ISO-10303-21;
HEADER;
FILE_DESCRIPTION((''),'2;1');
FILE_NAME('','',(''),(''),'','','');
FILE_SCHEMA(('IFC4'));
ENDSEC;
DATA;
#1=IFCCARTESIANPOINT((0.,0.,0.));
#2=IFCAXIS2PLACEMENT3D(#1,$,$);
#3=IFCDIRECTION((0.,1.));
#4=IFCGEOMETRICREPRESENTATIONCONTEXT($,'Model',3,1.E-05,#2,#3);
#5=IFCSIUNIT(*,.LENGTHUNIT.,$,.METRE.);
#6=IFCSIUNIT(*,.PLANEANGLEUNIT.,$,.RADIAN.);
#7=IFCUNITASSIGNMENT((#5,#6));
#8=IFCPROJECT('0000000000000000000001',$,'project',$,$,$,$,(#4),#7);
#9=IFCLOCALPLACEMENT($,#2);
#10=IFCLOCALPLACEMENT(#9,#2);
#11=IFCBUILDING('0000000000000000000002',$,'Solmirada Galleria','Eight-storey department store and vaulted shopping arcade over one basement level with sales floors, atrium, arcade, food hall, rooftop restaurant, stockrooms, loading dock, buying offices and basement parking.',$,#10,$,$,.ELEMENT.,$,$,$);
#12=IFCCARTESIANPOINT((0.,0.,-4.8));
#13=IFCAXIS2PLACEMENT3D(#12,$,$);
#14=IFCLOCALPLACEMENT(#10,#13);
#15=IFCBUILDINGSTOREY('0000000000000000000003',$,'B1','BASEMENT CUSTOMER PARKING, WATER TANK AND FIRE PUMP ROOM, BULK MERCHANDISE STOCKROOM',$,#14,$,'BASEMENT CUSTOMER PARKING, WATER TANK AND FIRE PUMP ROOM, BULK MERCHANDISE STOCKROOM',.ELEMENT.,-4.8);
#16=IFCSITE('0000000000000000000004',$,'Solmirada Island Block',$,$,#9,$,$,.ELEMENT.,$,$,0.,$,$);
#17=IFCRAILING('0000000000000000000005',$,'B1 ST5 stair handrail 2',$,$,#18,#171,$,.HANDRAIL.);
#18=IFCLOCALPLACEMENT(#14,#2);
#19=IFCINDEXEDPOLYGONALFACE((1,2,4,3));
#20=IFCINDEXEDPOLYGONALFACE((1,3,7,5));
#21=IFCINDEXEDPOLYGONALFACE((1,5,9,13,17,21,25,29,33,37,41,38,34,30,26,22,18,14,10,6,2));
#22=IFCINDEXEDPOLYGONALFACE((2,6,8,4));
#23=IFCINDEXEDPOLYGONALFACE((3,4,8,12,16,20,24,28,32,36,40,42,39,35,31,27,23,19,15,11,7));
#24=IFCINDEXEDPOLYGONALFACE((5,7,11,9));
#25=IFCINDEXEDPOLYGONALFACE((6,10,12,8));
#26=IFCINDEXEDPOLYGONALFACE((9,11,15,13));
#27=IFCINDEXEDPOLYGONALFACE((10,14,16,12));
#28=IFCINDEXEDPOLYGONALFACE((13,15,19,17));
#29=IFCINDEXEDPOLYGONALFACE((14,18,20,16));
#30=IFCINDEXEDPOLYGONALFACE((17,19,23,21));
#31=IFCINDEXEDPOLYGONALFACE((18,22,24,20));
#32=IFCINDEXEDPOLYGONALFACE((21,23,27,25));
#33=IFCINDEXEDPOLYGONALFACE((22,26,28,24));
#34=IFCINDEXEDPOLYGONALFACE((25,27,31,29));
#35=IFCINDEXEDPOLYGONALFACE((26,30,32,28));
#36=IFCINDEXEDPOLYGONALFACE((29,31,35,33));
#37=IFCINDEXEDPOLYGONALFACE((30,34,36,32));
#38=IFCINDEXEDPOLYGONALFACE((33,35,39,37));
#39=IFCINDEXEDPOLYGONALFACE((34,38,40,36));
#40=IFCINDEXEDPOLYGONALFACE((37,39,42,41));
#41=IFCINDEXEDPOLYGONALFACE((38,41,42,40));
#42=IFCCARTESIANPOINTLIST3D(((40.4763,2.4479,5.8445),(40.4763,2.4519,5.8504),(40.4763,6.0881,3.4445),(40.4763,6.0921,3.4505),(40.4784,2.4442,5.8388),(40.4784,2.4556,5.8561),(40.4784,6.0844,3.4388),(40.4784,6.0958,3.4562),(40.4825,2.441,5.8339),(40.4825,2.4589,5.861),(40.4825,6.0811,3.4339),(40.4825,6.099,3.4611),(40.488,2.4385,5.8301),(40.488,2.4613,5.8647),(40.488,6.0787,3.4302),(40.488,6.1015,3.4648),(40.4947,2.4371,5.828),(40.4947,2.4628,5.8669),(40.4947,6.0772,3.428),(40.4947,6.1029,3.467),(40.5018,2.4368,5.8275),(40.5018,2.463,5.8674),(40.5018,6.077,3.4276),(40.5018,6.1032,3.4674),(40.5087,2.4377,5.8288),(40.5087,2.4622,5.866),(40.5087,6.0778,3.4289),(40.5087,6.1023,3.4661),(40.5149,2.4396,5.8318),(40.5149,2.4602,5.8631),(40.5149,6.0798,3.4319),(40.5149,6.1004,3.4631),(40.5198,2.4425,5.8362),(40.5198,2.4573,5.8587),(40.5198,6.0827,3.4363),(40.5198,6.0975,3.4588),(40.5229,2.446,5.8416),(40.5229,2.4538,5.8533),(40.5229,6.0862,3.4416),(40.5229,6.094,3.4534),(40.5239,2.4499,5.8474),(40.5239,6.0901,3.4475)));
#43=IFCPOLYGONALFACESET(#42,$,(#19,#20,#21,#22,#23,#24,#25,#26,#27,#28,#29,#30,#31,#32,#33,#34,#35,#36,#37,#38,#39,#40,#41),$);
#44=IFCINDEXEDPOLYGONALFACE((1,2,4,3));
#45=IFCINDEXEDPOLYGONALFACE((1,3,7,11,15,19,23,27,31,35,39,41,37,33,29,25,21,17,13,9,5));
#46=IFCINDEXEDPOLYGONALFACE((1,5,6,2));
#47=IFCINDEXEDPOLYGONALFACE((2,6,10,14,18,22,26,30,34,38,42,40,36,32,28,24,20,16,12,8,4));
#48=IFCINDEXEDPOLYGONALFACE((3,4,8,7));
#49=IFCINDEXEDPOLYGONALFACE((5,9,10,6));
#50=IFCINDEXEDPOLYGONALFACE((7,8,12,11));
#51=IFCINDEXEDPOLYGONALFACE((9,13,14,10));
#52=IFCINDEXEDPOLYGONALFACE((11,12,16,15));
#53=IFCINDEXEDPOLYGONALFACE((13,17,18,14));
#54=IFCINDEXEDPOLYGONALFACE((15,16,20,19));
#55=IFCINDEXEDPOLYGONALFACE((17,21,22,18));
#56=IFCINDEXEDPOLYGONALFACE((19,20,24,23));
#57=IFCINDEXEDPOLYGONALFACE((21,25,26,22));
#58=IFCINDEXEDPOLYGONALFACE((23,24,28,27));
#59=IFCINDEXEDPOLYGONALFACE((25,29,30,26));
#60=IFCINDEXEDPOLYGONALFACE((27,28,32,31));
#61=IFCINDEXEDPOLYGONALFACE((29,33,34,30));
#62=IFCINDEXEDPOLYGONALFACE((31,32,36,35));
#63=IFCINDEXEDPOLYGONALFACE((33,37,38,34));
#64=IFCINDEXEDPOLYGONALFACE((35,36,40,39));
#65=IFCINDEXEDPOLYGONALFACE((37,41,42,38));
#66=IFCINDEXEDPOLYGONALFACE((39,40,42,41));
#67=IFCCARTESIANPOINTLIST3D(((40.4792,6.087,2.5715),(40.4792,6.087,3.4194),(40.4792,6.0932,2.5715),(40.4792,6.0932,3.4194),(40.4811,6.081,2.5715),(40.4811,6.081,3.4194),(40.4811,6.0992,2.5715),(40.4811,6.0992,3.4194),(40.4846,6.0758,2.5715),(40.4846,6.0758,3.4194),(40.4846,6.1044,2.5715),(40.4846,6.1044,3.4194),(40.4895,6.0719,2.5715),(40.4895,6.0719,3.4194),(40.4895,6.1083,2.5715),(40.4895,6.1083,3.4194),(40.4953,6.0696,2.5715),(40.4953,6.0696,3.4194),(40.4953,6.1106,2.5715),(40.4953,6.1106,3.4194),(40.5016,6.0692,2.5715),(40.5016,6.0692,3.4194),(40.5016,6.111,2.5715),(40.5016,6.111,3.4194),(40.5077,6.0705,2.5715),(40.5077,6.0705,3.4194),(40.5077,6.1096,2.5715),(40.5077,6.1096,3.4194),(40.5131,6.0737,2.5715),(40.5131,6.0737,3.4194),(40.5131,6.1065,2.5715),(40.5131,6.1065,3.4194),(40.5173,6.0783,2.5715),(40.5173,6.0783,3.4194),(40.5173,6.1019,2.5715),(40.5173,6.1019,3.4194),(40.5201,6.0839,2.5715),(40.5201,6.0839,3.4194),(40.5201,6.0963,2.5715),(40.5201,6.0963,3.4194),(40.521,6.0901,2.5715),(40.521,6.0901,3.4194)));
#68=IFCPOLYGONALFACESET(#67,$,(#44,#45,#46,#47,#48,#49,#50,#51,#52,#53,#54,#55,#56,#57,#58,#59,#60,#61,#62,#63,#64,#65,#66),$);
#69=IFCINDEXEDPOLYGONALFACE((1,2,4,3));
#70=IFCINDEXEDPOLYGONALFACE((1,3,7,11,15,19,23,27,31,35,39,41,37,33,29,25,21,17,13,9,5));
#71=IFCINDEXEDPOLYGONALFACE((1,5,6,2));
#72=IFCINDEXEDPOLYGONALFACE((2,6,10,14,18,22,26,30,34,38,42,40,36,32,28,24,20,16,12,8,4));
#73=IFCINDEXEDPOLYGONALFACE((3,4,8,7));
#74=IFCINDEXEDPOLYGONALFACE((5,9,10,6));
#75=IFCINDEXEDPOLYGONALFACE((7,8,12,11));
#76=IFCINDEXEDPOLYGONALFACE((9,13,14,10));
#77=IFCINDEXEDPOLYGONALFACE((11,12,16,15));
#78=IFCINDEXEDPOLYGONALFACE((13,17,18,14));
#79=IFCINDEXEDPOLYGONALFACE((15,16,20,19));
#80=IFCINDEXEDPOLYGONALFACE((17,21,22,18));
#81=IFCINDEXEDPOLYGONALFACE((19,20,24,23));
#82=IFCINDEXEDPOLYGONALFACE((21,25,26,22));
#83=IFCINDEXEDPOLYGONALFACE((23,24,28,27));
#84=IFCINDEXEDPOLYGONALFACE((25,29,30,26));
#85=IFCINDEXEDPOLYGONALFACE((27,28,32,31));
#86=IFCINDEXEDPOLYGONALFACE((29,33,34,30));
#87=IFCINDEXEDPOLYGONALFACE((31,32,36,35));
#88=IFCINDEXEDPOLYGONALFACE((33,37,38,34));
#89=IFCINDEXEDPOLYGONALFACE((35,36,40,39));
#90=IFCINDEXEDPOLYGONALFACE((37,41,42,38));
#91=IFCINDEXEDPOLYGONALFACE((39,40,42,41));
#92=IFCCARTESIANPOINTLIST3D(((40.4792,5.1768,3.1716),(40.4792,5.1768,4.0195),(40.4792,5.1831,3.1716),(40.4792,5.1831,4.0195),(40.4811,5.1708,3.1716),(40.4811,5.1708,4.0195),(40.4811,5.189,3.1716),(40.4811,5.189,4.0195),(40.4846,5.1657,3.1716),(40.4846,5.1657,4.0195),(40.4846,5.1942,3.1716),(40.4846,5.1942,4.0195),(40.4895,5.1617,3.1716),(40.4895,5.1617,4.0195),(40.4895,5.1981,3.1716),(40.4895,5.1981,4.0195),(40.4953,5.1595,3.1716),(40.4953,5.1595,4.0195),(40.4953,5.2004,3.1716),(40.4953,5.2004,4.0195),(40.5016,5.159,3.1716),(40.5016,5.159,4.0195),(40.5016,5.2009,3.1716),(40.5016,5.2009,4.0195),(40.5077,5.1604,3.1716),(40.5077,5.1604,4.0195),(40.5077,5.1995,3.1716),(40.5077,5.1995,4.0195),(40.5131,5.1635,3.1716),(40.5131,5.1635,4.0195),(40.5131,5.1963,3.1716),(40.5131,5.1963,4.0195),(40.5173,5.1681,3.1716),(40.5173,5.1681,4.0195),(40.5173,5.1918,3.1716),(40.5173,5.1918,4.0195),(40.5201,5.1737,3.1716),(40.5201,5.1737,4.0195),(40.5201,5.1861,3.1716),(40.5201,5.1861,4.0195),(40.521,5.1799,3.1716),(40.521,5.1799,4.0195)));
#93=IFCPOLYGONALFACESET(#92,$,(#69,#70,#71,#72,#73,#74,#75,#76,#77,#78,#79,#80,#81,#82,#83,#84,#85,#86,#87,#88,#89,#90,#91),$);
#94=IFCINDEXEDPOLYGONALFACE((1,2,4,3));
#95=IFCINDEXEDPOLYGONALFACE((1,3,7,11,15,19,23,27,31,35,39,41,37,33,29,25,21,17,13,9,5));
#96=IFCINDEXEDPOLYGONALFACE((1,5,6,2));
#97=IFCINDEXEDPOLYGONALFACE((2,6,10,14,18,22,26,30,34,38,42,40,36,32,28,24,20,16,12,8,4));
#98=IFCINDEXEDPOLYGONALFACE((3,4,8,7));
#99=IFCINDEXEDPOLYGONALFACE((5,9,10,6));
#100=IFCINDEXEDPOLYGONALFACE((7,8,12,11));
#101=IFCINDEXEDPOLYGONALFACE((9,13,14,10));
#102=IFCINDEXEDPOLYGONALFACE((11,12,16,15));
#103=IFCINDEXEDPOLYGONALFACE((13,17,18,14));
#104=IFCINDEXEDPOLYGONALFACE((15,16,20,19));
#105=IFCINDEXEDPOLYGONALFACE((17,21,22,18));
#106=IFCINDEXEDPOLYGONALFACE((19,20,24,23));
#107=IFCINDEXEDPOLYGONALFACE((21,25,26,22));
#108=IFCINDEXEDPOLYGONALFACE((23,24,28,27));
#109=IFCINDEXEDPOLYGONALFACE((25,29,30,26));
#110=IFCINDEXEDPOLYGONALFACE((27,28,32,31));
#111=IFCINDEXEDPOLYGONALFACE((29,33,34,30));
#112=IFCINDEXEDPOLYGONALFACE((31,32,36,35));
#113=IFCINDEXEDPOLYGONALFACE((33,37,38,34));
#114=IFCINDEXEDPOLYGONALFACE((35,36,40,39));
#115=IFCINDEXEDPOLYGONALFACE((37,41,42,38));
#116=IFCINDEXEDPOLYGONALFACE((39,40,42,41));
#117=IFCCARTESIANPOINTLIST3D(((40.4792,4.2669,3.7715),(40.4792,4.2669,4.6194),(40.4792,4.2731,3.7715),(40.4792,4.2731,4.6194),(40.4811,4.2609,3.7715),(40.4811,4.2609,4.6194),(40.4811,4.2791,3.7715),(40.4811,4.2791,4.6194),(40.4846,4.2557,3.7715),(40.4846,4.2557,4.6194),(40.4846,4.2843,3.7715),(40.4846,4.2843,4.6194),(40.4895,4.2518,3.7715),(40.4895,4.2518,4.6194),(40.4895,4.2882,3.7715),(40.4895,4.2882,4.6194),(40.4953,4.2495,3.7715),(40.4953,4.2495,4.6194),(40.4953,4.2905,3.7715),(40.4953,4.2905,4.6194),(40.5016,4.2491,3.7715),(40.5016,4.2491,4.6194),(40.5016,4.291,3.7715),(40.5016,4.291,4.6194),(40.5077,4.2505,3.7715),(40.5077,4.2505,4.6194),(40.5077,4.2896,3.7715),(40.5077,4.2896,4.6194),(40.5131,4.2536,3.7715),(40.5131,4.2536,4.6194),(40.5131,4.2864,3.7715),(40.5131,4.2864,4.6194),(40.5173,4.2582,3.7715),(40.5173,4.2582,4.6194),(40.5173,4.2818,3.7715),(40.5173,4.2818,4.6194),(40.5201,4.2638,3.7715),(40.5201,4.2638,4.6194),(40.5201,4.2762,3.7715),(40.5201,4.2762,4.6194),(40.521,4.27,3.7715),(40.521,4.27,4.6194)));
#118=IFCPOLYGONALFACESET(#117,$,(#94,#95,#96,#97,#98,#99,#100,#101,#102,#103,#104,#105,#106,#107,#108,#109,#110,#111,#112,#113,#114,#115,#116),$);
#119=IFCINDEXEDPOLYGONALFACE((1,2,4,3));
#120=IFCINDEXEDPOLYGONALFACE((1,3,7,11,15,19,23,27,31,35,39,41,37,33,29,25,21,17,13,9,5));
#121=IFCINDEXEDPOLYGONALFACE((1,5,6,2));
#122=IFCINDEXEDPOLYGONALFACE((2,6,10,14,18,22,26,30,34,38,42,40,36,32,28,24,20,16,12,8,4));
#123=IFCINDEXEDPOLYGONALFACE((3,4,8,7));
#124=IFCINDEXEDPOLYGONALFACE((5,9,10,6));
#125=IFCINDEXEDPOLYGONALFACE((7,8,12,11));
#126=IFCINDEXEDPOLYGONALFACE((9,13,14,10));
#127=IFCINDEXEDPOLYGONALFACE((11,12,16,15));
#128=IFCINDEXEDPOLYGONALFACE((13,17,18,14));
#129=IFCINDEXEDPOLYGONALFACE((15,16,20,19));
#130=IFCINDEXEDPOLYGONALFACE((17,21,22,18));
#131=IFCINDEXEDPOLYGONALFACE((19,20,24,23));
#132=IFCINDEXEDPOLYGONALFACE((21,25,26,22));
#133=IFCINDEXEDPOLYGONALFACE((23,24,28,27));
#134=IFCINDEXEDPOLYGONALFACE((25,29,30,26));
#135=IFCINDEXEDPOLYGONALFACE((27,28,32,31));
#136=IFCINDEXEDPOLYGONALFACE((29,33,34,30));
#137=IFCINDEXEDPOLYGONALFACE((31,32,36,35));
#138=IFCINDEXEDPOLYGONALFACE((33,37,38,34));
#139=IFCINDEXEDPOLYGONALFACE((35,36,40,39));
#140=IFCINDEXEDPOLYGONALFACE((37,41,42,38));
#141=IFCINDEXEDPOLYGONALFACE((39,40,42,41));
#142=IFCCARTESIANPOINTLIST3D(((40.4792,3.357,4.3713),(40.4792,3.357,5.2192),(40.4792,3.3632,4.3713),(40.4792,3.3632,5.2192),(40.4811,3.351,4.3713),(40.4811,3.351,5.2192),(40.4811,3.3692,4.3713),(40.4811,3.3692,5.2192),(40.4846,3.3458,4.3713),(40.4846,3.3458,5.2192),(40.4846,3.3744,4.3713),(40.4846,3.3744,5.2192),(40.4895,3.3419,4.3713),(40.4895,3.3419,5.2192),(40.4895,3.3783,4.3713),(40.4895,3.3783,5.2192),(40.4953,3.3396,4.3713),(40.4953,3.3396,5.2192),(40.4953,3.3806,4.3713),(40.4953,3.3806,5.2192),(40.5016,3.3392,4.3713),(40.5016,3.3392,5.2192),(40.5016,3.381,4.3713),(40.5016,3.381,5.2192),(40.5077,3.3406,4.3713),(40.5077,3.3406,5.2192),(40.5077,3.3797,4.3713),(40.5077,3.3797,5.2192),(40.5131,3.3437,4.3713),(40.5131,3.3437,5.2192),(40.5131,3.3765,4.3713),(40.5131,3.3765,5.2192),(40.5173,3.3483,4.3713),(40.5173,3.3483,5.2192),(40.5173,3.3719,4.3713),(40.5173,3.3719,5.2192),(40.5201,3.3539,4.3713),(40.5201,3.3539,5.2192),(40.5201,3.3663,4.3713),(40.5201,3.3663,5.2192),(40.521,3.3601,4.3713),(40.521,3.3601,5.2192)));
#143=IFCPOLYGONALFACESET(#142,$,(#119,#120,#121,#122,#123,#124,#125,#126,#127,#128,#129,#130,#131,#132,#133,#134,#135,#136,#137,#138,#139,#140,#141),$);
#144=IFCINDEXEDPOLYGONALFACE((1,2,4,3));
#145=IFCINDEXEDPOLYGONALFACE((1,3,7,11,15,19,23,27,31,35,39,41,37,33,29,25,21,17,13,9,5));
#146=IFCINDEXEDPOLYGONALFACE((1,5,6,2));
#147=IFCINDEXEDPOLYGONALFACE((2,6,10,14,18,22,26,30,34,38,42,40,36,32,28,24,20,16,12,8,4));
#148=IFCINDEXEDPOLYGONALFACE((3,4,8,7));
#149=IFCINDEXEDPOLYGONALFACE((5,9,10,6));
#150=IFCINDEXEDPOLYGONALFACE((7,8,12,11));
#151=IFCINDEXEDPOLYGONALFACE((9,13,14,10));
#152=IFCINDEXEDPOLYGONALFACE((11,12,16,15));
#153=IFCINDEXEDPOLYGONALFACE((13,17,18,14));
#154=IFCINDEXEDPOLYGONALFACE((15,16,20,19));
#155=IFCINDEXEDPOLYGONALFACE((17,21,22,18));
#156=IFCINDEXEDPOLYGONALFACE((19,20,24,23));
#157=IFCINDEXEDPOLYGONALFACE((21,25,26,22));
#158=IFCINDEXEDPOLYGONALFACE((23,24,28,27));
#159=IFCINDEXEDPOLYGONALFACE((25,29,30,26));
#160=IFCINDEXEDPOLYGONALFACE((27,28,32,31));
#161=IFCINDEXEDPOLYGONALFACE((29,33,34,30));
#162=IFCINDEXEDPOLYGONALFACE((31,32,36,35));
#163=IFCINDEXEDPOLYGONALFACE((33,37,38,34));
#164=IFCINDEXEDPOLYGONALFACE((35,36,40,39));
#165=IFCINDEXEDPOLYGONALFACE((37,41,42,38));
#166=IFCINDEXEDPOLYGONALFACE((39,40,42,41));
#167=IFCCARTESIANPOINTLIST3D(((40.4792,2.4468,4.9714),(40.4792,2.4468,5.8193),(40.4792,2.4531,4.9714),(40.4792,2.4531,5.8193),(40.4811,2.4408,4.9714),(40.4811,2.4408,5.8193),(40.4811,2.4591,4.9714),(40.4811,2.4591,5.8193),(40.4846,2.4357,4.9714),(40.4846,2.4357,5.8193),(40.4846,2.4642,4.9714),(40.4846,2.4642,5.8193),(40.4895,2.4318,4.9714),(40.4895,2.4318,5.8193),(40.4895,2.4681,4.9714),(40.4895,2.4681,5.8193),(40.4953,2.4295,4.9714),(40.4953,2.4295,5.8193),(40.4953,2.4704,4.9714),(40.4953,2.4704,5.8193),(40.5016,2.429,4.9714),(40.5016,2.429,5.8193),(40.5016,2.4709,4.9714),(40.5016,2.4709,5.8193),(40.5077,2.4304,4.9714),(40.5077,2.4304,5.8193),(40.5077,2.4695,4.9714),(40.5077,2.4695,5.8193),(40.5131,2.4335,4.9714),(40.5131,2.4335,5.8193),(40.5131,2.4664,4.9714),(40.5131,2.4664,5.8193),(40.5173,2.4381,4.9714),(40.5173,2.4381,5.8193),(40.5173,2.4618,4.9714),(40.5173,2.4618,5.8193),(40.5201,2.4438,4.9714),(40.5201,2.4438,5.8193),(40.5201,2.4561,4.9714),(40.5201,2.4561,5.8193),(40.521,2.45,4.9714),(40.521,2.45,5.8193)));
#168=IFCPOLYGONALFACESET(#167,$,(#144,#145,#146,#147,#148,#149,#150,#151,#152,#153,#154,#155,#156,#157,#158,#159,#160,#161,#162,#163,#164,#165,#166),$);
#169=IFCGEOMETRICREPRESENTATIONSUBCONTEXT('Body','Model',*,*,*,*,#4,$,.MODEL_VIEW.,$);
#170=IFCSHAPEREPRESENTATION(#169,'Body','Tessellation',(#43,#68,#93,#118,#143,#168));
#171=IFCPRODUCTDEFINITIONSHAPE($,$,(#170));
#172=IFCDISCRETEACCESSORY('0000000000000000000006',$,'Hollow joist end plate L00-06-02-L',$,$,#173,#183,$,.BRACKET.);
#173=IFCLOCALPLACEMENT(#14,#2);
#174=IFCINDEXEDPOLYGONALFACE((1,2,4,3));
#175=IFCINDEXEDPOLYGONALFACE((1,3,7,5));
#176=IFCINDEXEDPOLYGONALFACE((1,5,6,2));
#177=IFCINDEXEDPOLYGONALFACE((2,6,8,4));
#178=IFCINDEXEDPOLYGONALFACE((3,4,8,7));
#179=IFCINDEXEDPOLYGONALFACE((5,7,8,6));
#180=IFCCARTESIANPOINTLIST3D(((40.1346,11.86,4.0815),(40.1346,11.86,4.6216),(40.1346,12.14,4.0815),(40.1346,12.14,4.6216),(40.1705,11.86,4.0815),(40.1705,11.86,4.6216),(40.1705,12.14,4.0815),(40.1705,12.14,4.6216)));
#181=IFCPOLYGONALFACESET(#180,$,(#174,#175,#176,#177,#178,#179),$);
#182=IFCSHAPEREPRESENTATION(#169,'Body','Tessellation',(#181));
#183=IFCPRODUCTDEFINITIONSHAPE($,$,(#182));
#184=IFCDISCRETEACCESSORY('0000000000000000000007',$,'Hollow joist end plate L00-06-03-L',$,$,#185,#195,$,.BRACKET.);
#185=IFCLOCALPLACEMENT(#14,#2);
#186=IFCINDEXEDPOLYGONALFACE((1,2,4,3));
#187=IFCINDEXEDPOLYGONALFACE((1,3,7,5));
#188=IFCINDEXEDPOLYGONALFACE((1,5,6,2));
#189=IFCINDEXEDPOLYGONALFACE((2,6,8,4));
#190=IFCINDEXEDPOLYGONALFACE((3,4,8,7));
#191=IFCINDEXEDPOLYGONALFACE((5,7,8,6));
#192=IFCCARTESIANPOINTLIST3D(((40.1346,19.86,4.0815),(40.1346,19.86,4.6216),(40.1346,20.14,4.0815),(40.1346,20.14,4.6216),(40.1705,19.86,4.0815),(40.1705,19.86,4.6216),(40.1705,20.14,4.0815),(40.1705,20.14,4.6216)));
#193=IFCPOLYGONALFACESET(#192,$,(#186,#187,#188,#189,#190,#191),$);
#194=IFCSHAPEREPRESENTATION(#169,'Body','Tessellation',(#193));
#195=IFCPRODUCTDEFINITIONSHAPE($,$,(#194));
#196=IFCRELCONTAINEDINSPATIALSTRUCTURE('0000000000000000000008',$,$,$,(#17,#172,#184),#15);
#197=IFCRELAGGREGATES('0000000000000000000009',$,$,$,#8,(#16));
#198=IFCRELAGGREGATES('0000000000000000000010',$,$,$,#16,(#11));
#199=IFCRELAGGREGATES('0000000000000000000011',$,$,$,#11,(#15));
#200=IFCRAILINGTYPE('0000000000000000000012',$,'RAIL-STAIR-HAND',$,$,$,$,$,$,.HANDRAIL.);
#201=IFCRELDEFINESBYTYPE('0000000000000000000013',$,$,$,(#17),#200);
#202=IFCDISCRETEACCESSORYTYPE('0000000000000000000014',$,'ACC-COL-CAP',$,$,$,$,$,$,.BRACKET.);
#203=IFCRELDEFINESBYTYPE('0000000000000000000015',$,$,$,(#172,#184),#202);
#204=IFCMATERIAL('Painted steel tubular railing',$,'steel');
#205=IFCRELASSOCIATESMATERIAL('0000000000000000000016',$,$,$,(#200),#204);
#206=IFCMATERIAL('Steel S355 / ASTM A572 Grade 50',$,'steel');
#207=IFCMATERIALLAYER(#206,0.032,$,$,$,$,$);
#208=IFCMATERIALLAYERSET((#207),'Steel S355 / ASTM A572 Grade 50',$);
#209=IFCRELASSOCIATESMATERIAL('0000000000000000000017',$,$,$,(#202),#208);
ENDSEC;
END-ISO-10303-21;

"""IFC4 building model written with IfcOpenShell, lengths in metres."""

from ifc_helpers import new_model, si_unit, direction, frame, origin, origin_2d, place, context, subcontext, project, spatial, rectangle, circle, extrude, material, layer, layer_set, type_object, element, save


model = new_model("IFC4")

# Units and contexts
model_context = context("Model", 3, precision=1e-05, world=origin(), true_north=direction((0.0, 1.0)))
body_context = subcontext(model_context, "Body", "Model", "MODEL_VIEW")
ifc_project = project(units=[si_unit("LENGTHUNIT", "METRE"), si_unit("PLANEANGLEUNIT", "RADIAN")], contexts=[model_context])

# Site, building, storey
site_placement = place(None, origin())
site = spatial("IfcSite", under=ifc_project, at=site_placement, Name="Solmirada Island Block", CompositionType="ELEMENT", RefElevation=0.0)
building_placement = place(site_placement, origin())
building = spatial("IfcBuilding", under=site, at=building_placement, Name="Solmirada Galleria", Description="Eight-storey department store and vaulted shopping arcade over one basement level with sales floors, atrium, arcade, food hall, rooftop restaurant, stockrooms, loading dock, buying offices and basement parking.", CompositionType="ELEMENT")
storey_placement = place(building_placement, frame((0.0, 0.0, -4.8)))
storey = spatial("IfcBuildingStorey", under=building, at=storey_placement, Name="B1", Description="BASEMENT CUSTOMER PARKING, WATER TANK AND FIRE PUMP ROOM, BULK MERCHANDISE STOCKROOM", LongName="BASEMENT CUSTOMER PARKING, WATER TANK AND FIRE PUMP ROOM, BULK MERCHANDISE STOCKROOM", CompositionType="ELEMENT", Elevation=-4.8)

# Railing
ifc_material_1 = material(Name="Painted steel tubular railing", Category="steel")
railing_type_1 = type_object("IfcRailingType", Name="RAIL-STAIR-HAND", PredefinedType="HANDRAIL", material=ifc_material_1)
railing_1_placement = place(storey_placement, frame((40.5, 6.0901, 2.5715)))
element("IfcRailing", 1, at=railing_1_placement, inside=storey, type_object=railing_type_1, Name="B1 ST5 stair handrail 2", PredefinedType="HANDRAIL", context=body_context, shape_type="SweptSolid", body=[
    extrude(circle(Radius=0.0239, at=origin_2d()), frame((0.0, 0.0, 0.876), z_axis=(0.0, -0.834882, 0.550429), x_axis=(1.0, 0.0, 0.0)), (0.0, 0.0, 1.0), 4.3601),
    extrude(circle(Radius=0.021, at=origin_2d()), origin(), (0.0, 0.0, 1.0), 0.8479),
    extrude(circle(Radius=0.021, at=origin_2d()), frame((0.0, -0.9102, 0.6001)), (0.0, 0.0, 1.0), 0.8479),
    extrude(circle(Radius=0.021, at=origin_2d()), frame((0.0, -1.8201, 1.2)), (0.0, 0.0, 1.0), 0.8479),
    extrude(circle(Radius=0.021, at=origin_2d()), frame((0.0, -2.73, 1.7998)), (0.0, 0.0, 1.0), 0.8479),
    extrude(circle(Radius=0.021, at=origin_2d()), frame((0.0, -3.6401, 2.3999)), (0.0, 0.0, 1.0), 0.8479),
])

# Discrete accessories
ifc_material_2 = material(Name="Steel S355 / ASTM A572 Grade 50", Category="steel")
ifc_layer_1 = layer(ifc_material_2, 0.032)
ifc_layer_set_1 = layer_set([ifc_layer_1], Name="Steel S355 / ASTM A572 Grade 50")
discrete_accessory_type = type_object("IfcDiscreteAccessoryType", Name="ACC-COL-CAP", PredefinedType="BRACKET", material=ifc_layer_set_1)
for number, where, z_axis, x_axis, name in (
    (2, (40.1526, 12.0, 4.0815), (0.0, 0.0, 1.0), (1.0, 0.0, 0.0), "Hollow joist end plate L00-06-02-L"),
    (3, (40.1526, 20.0, 4.0815), (0.0, 0.0, 1.0), (1.0, 0.0, 0.0), "Hollow joist end plate L00-06-03-L"),
):
    element("IfcDiscreteAccessory", number, at=place(storey_placement, frame(where, z_axis=z_axis, x_axis=x_axis)), inside=storey, type_object=discrete_accessory_type, Name=name, PredefinedType="BRACKET", context=body_context, shape_type="SweptSolid", body=[
        extrude(rectangle(XDim=0.0359, YDim=0.28, at=origin_2d()), origin(), (0.0, 0.0, 1.0), 0.54),
    ])

save(model, "model.ifc")
